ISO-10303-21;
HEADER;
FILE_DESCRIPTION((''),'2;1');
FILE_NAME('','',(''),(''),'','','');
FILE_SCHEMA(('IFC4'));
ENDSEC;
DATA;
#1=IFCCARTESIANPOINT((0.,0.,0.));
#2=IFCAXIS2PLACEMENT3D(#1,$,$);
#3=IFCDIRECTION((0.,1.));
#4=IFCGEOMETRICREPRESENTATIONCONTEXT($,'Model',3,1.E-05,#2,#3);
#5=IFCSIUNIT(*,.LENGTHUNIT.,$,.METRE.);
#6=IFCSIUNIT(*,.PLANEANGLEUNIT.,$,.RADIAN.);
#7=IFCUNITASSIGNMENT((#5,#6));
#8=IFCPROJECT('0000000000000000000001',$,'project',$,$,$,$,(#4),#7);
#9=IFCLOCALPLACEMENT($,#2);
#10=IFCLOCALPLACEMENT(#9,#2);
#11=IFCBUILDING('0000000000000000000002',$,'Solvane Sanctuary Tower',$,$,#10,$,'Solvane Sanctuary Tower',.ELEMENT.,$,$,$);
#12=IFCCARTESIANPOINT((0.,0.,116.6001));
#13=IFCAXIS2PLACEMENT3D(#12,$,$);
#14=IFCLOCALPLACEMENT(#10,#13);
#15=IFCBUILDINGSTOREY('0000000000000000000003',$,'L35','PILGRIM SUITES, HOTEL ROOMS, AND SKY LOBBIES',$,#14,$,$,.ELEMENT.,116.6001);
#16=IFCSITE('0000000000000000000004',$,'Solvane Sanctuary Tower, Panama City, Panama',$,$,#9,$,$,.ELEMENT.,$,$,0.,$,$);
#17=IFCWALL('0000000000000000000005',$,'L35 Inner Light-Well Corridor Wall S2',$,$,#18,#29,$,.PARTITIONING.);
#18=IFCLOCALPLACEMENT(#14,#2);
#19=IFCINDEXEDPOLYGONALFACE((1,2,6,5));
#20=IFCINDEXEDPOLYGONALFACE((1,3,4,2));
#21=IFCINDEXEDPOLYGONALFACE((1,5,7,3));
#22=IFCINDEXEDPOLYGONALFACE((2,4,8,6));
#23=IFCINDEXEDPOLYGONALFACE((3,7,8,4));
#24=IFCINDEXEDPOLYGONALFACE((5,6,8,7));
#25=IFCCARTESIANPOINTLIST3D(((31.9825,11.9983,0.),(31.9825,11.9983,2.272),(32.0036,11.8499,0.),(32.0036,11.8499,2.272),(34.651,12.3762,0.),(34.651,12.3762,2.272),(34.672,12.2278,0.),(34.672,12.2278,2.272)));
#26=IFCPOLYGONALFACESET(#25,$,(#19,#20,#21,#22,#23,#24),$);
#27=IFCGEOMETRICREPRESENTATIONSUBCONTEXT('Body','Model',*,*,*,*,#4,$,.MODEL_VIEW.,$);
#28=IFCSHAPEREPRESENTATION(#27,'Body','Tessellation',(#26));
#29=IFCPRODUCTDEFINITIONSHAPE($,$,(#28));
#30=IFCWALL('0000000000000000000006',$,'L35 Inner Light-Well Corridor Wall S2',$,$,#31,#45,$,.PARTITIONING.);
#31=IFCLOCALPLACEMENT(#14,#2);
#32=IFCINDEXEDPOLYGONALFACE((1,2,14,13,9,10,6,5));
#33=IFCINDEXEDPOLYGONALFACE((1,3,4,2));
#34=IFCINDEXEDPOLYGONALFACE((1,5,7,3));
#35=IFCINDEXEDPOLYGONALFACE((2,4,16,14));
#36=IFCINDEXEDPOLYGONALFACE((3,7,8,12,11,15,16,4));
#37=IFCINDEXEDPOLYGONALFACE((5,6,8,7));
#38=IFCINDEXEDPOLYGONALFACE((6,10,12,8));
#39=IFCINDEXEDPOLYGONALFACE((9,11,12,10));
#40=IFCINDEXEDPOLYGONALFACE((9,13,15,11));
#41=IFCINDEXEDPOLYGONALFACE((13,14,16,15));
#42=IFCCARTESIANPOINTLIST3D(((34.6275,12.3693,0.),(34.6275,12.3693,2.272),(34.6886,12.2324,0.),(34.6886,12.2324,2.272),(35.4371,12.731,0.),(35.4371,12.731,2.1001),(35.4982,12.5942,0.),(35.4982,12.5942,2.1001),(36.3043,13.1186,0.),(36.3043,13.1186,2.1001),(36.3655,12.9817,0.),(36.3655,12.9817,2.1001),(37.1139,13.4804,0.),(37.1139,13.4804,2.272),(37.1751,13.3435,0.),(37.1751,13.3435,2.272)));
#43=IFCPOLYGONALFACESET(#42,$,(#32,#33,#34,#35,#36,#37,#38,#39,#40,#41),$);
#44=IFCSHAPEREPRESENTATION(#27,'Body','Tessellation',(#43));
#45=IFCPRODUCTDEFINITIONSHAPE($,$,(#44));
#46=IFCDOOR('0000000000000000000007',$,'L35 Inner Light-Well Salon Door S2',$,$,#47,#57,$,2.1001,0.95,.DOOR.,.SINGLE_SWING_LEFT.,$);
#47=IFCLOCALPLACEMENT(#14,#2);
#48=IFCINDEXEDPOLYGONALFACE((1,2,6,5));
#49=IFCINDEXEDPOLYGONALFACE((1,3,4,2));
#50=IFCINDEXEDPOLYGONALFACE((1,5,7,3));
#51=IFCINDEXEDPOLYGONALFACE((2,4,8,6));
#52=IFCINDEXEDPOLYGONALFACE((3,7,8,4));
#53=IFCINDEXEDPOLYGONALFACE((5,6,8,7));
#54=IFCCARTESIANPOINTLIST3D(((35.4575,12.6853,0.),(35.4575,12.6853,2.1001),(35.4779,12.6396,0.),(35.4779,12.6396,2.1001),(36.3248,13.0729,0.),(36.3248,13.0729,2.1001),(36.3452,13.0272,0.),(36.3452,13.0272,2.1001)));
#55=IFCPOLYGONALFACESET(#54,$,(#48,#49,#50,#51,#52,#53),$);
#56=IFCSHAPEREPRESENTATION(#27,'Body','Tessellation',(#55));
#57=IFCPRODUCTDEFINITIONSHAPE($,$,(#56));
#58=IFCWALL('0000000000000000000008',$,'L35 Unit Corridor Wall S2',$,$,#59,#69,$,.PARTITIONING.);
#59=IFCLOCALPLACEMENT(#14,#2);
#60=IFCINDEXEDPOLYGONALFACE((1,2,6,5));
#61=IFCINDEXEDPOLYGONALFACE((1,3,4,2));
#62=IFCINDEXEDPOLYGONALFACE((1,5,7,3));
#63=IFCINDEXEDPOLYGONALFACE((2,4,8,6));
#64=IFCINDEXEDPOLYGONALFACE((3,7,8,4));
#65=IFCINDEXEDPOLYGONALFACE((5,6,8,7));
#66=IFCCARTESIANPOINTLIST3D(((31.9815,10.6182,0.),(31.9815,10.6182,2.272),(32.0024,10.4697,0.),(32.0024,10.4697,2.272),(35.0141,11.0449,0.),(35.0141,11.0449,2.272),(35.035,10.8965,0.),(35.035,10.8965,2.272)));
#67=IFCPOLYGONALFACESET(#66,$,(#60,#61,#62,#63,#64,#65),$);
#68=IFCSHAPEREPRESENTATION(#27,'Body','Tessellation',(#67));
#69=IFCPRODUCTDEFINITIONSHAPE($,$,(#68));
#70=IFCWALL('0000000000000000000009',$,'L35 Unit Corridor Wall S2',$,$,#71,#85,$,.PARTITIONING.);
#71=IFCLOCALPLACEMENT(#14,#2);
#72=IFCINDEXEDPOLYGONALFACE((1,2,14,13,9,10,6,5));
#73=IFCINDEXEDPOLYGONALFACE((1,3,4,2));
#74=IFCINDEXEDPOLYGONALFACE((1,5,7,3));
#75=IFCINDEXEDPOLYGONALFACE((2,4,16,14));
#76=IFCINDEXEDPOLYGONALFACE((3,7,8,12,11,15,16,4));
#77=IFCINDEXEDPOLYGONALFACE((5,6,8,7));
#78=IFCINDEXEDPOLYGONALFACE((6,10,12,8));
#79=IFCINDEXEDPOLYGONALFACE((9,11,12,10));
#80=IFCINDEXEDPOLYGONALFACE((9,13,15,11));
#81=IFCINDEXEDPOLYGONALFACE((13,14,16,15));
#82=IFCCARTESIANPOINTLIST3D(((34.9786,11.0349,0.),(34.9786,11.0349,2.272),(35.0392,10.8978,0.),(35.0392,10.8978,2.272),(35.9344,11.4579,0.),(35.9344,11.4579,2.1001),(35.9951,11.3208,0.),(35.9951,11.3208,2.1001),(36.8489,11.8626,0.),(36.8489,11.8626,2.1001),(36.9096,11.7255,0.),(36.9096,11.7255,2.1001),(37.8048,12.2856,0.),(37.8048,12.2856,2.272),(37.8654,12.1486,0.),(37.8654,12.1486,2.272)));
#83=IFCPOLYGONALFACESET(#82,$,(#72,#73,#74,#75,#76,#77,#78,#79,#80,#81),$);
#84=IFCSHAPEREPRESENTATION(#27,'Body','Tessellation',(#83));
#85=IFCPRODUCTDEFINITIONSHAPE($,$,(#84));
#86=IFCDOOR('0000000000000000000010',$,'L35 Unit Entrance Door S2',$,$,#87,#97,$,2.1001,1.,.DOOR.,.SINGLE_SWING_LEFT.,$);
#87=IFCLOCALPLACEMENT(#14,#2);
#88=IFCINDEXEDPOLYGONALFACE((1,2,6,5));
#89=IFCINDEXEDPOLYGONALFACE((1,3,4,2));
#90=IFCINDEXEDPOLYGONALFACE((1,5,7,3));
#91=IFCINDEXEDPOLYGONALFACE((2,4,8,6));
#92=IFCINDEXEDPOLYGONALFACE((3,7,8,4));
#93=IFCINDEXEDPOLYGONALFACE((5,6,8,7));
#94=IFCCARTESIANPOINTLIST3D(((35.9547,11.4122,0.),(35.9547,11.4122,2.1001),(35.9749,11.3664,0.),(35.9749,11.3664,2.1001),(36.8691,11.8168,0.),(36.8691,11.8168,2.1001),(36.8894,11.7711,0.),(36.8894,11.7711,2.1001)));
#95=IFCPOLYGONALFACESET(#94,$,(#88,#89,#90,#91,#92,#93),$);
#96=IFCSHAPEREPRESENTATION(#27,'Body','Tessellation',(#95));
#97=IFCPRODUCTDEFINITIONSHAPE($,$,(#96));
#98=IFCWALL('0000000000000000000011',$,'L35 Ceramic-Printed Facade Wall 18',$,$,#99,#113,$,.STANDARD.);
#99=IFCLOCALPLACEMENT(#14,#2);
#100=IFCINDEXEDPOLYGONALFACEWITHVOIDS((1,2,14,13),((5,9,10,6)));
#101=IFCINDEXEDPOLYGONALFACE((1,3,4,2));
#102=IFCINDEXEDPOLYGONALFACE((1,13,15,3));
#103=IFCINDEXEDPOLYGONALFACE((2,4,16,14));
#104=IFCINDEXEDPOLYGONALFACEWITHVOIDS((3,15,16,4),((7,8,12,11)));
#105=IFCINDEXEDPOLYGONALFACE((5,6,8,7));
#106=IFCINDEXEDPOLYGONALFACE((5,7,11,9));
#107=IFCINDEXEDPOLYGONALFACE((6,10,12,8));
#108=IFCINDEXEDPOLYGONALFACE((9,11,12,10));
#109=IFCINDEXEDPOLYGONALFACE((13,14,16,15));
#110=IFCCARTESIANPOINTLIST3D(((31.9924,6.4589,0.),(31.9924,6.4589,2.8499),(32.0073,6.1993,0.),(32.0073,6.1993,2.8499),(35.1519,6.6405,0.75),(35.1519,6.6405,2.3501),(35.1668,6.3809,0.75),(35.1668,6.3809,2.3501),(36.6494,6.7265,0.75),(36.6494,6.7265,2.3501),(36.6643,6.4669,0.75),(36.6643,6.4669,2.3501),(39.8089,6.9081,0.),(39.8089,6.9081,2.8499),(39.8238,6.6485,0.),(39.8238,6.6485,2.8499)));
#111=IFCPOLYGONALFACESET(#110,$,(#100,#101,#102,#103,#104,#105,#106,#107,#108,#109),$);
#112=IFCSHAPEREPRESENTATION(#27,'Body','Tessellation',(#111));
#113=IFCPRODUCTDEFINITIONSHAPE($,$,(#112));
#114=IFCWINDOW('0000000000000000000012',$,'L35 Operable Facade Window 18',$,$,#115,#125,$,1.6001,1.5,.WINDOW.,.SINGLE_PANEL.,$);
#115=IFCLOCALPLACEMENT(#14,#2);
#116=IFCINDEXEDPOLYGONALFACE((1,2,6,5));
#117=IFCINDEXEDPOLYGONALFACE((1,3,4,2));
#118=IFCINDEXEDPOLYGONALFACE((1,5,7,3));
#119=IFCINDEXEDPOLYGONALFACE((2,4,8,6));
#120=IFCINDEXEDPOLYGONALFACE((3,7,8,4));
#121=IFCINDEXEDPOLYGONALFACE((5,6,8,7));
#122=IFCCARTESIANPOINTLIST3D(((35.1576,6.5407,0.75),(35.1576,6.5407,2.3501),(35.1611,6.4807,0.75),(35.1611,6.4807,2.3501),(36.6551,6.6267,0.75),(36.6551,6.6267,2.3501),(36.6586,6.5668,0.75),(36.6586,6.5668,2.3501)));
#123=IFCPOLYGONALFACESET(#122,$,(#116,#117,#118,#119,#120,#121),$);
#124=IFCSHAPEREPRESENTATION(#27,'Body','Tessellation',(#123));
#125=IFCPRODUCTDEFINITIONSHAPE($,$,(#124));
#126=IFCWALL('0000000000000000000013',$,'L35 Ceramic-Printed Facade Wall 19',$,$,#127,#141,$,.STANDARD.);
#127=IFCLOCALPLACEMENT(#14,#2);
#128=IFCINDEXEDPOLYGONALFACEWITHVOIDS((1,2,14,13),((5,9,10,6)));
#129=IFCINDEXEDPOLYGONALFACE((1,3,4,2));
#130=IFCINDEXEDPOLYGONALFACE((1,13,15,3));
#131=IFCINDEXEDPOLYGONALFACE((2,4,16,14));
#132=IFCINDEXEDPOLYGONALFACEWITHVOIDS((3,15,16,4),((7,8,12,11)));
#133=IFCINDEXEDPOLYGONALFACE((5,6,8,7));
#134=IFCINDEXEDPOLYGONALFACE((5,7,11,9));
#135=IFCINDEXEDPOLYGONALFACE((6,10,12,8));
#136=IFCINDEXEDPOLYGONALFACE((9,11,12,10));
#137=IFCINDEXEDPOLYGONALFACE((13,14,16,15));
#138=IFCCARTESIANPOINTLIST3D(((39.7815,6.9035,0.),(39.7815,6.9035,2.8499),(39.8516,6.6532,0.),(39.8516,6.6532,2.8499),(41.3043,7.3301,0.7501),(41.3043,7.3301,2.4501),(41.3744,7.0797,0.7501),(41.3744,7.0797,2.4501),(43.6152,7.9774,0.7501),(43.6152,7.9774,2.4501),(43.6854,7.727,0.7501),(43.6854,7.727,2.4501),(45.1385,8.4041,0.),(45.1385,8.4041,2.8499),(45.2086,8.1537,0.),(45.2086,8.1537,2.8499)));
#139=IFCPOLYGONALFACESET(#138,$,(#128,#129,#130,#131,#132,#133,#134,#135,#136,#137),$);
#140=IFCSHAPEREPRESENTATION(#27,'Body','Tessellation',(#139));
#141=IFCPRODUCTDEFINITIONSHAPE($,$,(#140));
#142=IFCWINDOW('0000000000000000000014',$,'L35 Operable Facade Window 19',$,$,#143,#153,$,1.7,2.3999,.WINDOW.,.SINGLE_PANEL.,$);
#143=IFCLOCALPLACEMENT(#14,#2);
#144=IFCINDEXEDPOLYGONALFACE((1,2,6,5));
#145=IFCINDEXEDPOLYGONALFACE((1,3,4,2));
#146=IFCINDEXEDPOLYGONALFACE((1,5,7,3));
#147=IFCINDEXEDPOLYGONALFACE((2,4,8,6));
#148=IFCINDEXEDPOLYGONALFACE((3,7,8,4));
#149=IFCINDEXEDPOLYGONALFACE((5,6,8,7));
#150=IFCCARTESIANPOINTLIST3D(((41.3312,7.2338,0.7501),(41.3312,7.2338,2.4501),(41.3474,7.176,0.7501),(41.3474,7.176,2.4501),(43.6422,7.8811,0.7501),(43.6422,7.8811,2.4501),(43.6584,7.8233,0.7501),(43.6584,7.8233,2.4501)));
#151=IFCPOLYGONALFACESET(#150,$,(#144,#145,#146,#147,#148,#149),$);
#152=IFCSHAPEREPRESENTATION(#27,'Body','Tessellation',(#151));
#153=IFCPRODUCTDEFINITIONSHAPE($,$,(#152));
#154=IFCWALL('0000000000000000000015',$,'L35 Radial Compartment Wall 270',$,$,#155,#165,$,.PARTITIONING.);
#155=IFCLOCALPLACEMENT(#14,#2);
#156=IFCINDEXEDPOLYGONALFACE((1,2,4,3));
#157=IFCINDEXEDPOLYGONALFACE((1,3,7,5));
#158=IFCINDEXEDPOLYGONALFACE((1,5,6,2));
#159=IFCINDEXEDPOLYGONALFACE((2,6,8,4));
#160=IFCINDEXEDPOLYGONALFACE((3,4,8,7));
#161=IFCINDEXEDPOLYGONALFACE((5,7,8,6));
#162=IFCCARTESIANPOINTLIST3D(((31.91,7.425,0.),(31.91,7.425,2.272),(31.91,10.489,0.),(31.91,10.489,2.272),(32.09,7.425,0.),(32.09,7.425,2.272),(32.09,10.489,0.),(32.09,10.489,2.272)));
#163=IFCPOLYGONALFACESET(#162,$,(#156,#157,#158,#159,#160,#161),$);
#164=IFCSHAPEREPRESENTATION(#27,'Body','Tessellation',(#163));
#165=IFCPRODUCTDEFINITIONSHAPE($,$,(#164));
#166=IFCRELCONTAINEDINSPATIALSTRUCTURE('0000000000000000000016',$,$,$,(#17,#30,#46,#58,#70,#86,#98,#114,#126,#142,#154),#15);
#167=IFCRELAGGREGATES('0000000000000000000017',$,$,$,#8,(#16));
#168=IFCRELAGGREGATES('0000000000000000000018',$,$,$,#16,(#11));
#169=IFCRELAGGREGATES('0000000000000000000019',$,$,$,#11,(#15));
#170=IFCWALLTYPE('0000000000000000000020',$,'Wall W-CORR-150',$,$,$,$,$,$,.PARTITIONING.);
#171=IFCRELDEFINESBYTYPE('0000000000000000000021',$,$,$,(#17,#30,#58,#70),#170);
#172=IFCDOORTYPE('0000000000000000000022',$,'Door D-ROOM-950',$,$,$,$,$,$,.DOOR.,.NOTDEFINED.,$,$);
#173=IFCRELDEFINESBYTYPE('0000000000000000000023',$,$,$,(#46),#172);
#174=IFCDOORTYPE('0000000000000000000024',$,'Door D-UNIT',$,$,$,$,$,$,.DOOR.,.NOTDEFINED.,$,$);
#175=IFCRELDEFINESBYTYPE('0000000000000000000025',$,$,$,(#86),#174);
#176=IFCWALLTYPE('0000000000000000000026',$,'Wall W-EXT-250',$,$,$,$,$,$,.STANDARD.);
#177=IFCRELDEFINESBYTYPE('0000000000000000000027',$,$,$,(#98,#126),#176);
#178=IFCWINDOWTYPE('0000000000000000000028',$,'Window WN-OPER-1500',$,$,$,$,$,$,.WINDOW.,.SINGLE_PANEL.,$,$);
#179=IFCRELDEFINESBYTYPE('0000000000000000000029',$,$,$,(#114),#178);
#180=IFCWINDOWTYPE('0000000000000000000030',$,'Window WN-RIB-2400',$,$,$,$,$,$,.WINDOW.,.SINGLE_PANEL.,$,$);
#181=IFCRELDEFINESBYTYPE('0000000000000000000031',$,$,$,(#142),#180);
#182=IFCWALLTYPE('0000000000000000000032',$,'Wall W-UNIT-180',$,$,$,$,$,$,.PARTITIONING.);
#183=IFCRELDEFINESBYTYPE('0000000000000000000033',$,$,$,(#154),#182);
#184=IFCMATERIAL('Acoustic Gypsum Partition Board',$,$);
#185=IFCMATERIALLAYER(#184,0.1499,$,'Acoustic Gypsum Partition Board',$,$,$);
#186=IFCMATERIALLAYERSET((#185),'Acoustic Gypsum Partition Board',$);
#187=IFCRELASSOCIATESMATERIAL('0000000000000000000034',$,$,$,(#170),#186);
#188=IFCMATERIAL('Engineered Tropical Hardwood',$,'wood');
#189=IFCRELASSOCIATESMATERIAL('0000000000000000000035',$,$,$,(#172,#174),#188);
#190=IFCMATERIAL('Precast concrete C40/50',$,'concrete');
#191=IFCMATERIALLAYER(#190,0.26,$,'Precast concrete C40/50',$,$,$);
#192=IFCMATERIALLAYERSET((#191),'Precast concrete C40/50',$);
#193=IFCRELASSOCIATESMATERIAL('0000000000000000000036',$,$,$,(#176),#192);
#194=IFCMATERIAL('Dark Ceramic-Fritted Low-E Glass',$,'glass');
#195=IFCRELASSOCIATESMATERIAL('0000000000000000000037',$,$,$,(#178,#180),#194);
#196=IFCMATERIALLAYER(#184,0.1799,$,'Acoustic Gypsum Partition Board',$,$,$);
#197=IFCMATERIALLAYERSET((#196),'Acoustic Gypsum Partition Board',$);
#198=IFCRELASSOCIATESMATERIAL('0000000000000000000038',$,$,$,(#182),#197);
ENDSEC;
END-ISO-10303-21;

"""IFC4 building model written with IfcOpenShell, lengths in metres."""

from ifc_helpers import new_model, si_unit, direction, frame, frame_2d, origin, place, context, subcontext, project, spatial, rectangle, extrude, material, layer, layer_set, type_object, element, fill, save


model = new_model("IFC4")

# Units and contexts
model_context = context("Model", 3, precision=1e-05, world=origin(), true_north=direction((0.0, 1.0)))
body_context = subcontext(model_context, "Body", "Model", "MODEL_VIEW")
ifc_project = project(units=[si_unit("LENGTHUNIT", "METRE"), si_unit("PLANEANGLEUNIT", "RADIAN")], contexts=[model_context])

# Site, building, storey
site_placement = place(None, origin())
site = spatial("IfcSite", under=ifc_project, at=site_placement, Name="Solvane Sanctuary Tower, Panama City, Panama", CompositionType="ELEMENT", RefElevation=0.0)
building_placement = place(site_placement, origin())
building = spatial("IfcBuilding", under=site, at=building_placement, Name="Solvane Sanctuary Tower", LongName="Solvane Sanctuary Tower", CompositionType="ELEMENT")
storey_placement = place(building_placement, frame((0.0, 0.0, 116.6001)))
storey = spatial("IfcBuildingStorey", under=building, at=storey_placement, Name="L35", Description="PILGRIM SUITES, HOTEL ROOMS, AND SKY LOBBIES", CompositionType="ELEMENT", Elevation=116.6001)

# Shared definitions
ifc_material_1 = material(Name="Acoustic Gypsum Partition Board")
ifc_layer_1 = layer(ifc_material_1, 0.1499, Name="Acoustic Gypsum Partition Board")
ifc_layer_set_1 = layer_set([ifc_layer_1], Name="Acoustic Gypsum Partition Board")
wall_type_1 = type_object("IfcWallType", Name="Wall W-CORR-150", PredefinedType="PARTITIONING", material=ifc_layer_set_1)

# Shared definitions
ifc_material_2 = material(Name="Engineered Tropical Hardwood", Category="wood")

# Wall
wall_1_placement = place(storey_placement, frame((31.9929, 11.9241, 0.0), z_axis=(0.0, 0.0, 1.0), x_axis=(0.990119, 0.140229, 0.0)))
element("IfcWall", 1, at=wall_1_placement, inside=storey, type_object=wall_type_1, Name="L35 Inner Light-Well Corridor Wall S2", PredefinedType="PARTITIONING", context=body_context, shape_type="SweptSolid", body=[
    extrude(rectangle(XDim=2.6951, YDim=0.1499, at=frame_2d((1.3477, 0.0))), origin(), (0.0, 0.0, 1.0), 2.272),
])

# Wall, opening, door
wall_2_placement = place(storey_placement, frame((34.658, 12.3008, 0.0), z_axis=(0.0, 0.0, 1.0), x_axis=(0.912985, 0.407993, 0.0)))
wall_2 = element("IfcWall", 2, at=wall_2_placement, inside=storey, type_object=wall_type_1, Name="L35 Inner Light-Well Corridor Wall S2", PredefinedType="PARTITIONING", context=body_context, shape_type="SweptSolid", body=[
    extrude(rectangle(XDim=2.7234, YDim=0.1499, at=frame_2d((1.3618, 0.0))), origin(), (0.0, 0.0, 1.0), 2.272),
])
opening_1_placement = place(wall_2_placement, frame((0.8867, 0.0, 0.0)))
opening_1 = element("IfcOpeningElement", 3, at=opening_1_placement, cuts=wall_2, PredefinedType="OPENING", context=body_context, shape_type="SweptSolid", body=[
    extrude(rectangle(XDim=0.95, YDim=2.1001, at=frame_2d((0.4751, 1.05))), frame((0.0, 0.085, 0.0), z_axis=(0.0, -1.0, 0.0), x_axis=(1.0, 0.0, 0.0)), (0.0, 0.0, 1.0), 0.1699),
])
door_type_1 = type_object("IfcDoorType", Name="Door D-ROOM-950", OperationType="NOTDEFINED", PredefinedType="DOOR", material=ifc_material_2)
door_1_placement = place(opening_1_placement, origin())
door_1 = element("IfcDoor", 4, at=door_1_placement, inside=storey, type_object=door_type_1, Name="L35 Inner Light-Well Salon Door S2", OperationType="SINGLE_SWING_LEFT", OverallHeight=2.1001, OverallWidth=0.95, PredefinedType="DOOR", context=body_context, shape_type="SweptSolid", body=[
    extrude(rectangle(XDim=0.95, YDim=2.1001, at=frame_2d((0.4751, 1.05))), frame((0.0, 0.0249, 0.0), z_axis=(0.0, -1.0, 0.0), x_axis=(1.0, 0.0, 0.0)), (0.0, 0.0, 1.0), 0.05),
])
fill(opening_1, door_1)

# Wall
wall_3_placement = place(storey_placement, frame((31.9919, 10.5439, 0.0), z_axis=(0.0, 0.0, 1.0), x_axis=(0.990244, 0.139345, 0.0)))
element("IfcWall", 5, at=wall_3_placement, inside=storey, type_object=wall_type_1, Name="L35 Unit Corridor Wall S2", PredefinedType="PARTITIONING", context=body_context, shape_type="SweptSolid", body=[
    extrude(rectangle(XDim=3.0625, YDim=0.1499, at=frame_2d((1.5312, 0.0))), origin(), (0.0, 0.0, 1.0), 2.272),
])

# Wall, opening, door
wall_4_placement = place(storey_placement, frame((35.0088, 10.9663, 0.0), z_axis=(0.0, 0.0, 1.0), x_axis=(0.914452, 0.404694, 0.0)))
wall_4 = element("IfcWall", 6, at=wall_4_placement, inside=storey, type_object=wall_type_1, Name="L35 Unit Corridor Wall S2", PredefinedType="PARTITIONING", context=body_context, shape_type="SweptSolid", body=[
    extrude(rectangle(XDim=3.0906, YDim=0.1499, at=frame_2d((1.5454, 0.0))), origin(), (0.0, 0.0, 1.0), 2.272),
])
opening_2_placement = place(wall_4_placement, frame((1.0454, 0.0, 0.0)))
opening_2 = element("IfcOpeningElement", 7, at=opening_2_placement, cuts=wall_4, PredefinedType="OPENING", context=body_context, shape_type="SweptSolid", body=[
    extrude(rectangle(XDim=1.0, YDim=2.1001, at=frame_2d((0.5, 1.05))), frame((0.0, 0.085, 0.0), z_axis=(0.0, -1.0, 0.0), x_axis=(1.0, 0.0, 0.0)), (0.0, 0.0, 1.0), 0.1699),
])
door_type_2 = type_object("IfcDoorType", Name="Door D-UNIT", OperationType="NOTDEFINED", PredefinedType="DOOR", material=ifc_material_2)
door_2_placement = place(opening_2_placement, origin())
door_2 = element("IfcDoor", 8, at=door_2_placement, inside=storey, type_object=door_type_2, Name="L35 Unit Entrance Door S2", OperationType="SINGLE_SWING_LEFT", OverallHeight=2.1001, OverallWidth=1.0, PredefinedType="DOOR", context=body_context, shape_type="SweptSolid", body=[
    extrude(rectangle(XDim=1.0, YDim=2.1001, at=frame_2d((0.5, 1.05))), frame((0.0, 0.0249, 0.0), z_axis=(0.0, -1.0, 0.0), x_axis=(1.0, 0.0, 0.0)), (0.0, 0.0, 1.0), 0.05),
])
fill(opening_2, door_2)

# Walls, openings, windows
ifc_material_3 = material(Name="Precast concrete C40/50", Category="concrete")
ifc_layer_2 = layer(ifc_material_3, 0.26, Name="Precast concrete C40/50")
ifc_layer_set_2 = layer_set([ifc_layer_2], Name="Precast concrete C40/50")
wall_type_2 = type_object("IfcWallType", Name="Wall W-EXT-250", PredefinedType="STANDARD", material=ifc_layer_set_2)
wall_5_placement = place(storey_placement, frame((32.0, 6.3291, 0.0), z_axis=(0.0, 0.0, 1.0), x_axis=(0.998353, 0.057377, 0.0)))
wall_5 = element("IfcWall", 9, at=wall_5_placement, inside=storey, type_object=wall_type_2, Name="L35 Ceramic-Printed Facade Wall 18", PredefinedType="STANDARD", context=body_context, shape_type="SweptSolid", body=[
    extrude(rectangle(XDim=7.8293, YDim=0.26, at=frame_2d((3.9146, 0.0))), origin(), (0.0, 0.0, 1.0), 2.8499),
])
opening_3_placement = place(wall_5_placement, frame((3.1646, 0.0, 0.75)))
opening_3 = element("IfcOpeningElement", 10, at=opening_3_placement, cuts=wall_5, PredefinedType="OPENING", context=body_context, shape_type="SweptSolid", body=[
    extrude(rectangle(XDim=1.5, YDim=1.6001, at=frame_2d((0.75, 0.8))), frame((0.0, 0.1399, 0.0), z_axis=(0.0, -1.0, 0.0), x_axis=(1.0, 0.0, 0.0)), (0.0, 0.0, 1.0), 0.28),
])
ifc_material_4 = material(Name="Dark Ceramic-Fritted Low-E Glass", Category="glass")
window_type_1 = type_object("IfcWindowType", Name="Window WN-OPER-1500", PartitioningType="SINGLE_PANEL", PredefinedType="WINDOW", material=ifc_material_4)
window_1_placement = place(opening_3_placement, origin())
window_1 = element("IfcWindow", 11, at=window_1_placement, inside=storey, type_object=window_type_1, Name="L35 Operable Facade Window 18", OverallHeight=1.6001, OverallWidth=1.5, PartitioningType="SINGLE_PANEL", PredefinedType="WINDOW", context=body_context, shape_type="SweptSolid", body=[
    extrude(rectangle(XDim=1.5, YDim=1.6001, at=frame_2d((0.75, 0.8))), frame((0.0, 0.03, 0.0), z_axis=(0.0, -1.0, 0.0), x_axis=(1.0, 0.0, 0.0)), (0.0, 0.0, 1.0), 0.0601),
])
fill(opening_3, window_1)
wall_6_placement = place(storey_placement, frame((39.8164, 6.7783, 0.0), z_axis=(0.0, 0.0, 1.0), x_axis=(0.962938, 0.269721, 0.0)))
wall_6 = element("IfcWall", 12, at=wall_6_placement, inside=storey, type_object=wall_type_2, Name="L35 Ceramic-Printed Facade Wall 19", PredefinedType="STANDARD", context=body_context, shape_type="SweptSolid", body=[
    extrude(rectangle(XDim=5.5632, YDim=0.26, at=frame_2d((2.7817, 0.0))), origin(), (0.0, 0.0, 1.0), 2.8499),
])
opening_4_placement = place(wall_6_placement, frame((1.5815, 0.0, 0.75)))
opening_4 = element("IfcOpeningElement", 13, at=opening_4_placement, cuts=wall_6, PredefinedType="OPENING", context=body_context, shape_type="SweptSolid", body=[
    extrude(rectangle(XDim=2.3999, YDim=1.7, at=frame_2d((1.2, 0.8501))), frame((0.0, 0.1399, 0.0), z_axis=(0.0, -1.0, 0.0), x_axis=(1.0, 0.0, 0.0)), (0.0, 0.0, 1.0), 0.28),
])
window_type_2 = type_object("IfcWindowType", Name="Window WN-RIB-2400", PartitioningType="SINGLE_PANEL", PredefinedType="WINDOW", material=ifc_material_4)
window_2_placement = place(opening_4_placement, origin())
window_2 = element("IfcWindow", 14, at=window_2_placement, inside=storey, type_object=window_type_2, Name="L35 Operable Facade Window 19", OverallHeight=1.7, OverallWidth=2.3999, PartitioningType="SINGLE_PANEL", PredefinedType="WINDOW", context=body_context, shape_type="SweptSolid", body=[
    extrude(rectangle(XDim=2.3999, YDim=1.7, at=frame_2d((1.2, 0.8501))), frame((0.0, 0.03, 0.0), z_axis=(0.0, -1.0, 0.0), x_axis=(1.0, 0.0, 0.0)), (0.0, 0.0, 1.0), 0.0601),
])
fill(opening_4, window_2)

# Wall
ifc_layer_3 = layer(ifc_material_1, 0.1799, Name="Acoustic Gypsum Partition Board")
ifc_layer_set_3 = layer_set([ifc_layer_3], Name="Acoustic Gypsum Partition Board")
wall_type_3 = type_object("IfcWallType", Name="Wall W-UNIT-180", PredefinedType="PARTITIONING", material=ifc_layer_set_3)
wall_7_placement = place(storey_placement, frame((32.0, 10.489, 0.0), z_axis=(0.0, 0.0, 1.0), x_axis=(0.0, -1.0, 0.0)))
element("IfcWall", 15, at=wall_7_placement, inside=storey, type_object=wall_type_3, Name="L35 Radial Compartment Wall 270", PredefinedType="PARTITIONING", context=body_context, shape_type="SweptSolid", body=[
    extrude(rectangle(XDim=3.064, YDim=0.1799, at=frame_2d((1.532, 0.0))), origin(), (0.0, 0.0, 1.0), 2.272),
])

save(model, "model.ifc")
